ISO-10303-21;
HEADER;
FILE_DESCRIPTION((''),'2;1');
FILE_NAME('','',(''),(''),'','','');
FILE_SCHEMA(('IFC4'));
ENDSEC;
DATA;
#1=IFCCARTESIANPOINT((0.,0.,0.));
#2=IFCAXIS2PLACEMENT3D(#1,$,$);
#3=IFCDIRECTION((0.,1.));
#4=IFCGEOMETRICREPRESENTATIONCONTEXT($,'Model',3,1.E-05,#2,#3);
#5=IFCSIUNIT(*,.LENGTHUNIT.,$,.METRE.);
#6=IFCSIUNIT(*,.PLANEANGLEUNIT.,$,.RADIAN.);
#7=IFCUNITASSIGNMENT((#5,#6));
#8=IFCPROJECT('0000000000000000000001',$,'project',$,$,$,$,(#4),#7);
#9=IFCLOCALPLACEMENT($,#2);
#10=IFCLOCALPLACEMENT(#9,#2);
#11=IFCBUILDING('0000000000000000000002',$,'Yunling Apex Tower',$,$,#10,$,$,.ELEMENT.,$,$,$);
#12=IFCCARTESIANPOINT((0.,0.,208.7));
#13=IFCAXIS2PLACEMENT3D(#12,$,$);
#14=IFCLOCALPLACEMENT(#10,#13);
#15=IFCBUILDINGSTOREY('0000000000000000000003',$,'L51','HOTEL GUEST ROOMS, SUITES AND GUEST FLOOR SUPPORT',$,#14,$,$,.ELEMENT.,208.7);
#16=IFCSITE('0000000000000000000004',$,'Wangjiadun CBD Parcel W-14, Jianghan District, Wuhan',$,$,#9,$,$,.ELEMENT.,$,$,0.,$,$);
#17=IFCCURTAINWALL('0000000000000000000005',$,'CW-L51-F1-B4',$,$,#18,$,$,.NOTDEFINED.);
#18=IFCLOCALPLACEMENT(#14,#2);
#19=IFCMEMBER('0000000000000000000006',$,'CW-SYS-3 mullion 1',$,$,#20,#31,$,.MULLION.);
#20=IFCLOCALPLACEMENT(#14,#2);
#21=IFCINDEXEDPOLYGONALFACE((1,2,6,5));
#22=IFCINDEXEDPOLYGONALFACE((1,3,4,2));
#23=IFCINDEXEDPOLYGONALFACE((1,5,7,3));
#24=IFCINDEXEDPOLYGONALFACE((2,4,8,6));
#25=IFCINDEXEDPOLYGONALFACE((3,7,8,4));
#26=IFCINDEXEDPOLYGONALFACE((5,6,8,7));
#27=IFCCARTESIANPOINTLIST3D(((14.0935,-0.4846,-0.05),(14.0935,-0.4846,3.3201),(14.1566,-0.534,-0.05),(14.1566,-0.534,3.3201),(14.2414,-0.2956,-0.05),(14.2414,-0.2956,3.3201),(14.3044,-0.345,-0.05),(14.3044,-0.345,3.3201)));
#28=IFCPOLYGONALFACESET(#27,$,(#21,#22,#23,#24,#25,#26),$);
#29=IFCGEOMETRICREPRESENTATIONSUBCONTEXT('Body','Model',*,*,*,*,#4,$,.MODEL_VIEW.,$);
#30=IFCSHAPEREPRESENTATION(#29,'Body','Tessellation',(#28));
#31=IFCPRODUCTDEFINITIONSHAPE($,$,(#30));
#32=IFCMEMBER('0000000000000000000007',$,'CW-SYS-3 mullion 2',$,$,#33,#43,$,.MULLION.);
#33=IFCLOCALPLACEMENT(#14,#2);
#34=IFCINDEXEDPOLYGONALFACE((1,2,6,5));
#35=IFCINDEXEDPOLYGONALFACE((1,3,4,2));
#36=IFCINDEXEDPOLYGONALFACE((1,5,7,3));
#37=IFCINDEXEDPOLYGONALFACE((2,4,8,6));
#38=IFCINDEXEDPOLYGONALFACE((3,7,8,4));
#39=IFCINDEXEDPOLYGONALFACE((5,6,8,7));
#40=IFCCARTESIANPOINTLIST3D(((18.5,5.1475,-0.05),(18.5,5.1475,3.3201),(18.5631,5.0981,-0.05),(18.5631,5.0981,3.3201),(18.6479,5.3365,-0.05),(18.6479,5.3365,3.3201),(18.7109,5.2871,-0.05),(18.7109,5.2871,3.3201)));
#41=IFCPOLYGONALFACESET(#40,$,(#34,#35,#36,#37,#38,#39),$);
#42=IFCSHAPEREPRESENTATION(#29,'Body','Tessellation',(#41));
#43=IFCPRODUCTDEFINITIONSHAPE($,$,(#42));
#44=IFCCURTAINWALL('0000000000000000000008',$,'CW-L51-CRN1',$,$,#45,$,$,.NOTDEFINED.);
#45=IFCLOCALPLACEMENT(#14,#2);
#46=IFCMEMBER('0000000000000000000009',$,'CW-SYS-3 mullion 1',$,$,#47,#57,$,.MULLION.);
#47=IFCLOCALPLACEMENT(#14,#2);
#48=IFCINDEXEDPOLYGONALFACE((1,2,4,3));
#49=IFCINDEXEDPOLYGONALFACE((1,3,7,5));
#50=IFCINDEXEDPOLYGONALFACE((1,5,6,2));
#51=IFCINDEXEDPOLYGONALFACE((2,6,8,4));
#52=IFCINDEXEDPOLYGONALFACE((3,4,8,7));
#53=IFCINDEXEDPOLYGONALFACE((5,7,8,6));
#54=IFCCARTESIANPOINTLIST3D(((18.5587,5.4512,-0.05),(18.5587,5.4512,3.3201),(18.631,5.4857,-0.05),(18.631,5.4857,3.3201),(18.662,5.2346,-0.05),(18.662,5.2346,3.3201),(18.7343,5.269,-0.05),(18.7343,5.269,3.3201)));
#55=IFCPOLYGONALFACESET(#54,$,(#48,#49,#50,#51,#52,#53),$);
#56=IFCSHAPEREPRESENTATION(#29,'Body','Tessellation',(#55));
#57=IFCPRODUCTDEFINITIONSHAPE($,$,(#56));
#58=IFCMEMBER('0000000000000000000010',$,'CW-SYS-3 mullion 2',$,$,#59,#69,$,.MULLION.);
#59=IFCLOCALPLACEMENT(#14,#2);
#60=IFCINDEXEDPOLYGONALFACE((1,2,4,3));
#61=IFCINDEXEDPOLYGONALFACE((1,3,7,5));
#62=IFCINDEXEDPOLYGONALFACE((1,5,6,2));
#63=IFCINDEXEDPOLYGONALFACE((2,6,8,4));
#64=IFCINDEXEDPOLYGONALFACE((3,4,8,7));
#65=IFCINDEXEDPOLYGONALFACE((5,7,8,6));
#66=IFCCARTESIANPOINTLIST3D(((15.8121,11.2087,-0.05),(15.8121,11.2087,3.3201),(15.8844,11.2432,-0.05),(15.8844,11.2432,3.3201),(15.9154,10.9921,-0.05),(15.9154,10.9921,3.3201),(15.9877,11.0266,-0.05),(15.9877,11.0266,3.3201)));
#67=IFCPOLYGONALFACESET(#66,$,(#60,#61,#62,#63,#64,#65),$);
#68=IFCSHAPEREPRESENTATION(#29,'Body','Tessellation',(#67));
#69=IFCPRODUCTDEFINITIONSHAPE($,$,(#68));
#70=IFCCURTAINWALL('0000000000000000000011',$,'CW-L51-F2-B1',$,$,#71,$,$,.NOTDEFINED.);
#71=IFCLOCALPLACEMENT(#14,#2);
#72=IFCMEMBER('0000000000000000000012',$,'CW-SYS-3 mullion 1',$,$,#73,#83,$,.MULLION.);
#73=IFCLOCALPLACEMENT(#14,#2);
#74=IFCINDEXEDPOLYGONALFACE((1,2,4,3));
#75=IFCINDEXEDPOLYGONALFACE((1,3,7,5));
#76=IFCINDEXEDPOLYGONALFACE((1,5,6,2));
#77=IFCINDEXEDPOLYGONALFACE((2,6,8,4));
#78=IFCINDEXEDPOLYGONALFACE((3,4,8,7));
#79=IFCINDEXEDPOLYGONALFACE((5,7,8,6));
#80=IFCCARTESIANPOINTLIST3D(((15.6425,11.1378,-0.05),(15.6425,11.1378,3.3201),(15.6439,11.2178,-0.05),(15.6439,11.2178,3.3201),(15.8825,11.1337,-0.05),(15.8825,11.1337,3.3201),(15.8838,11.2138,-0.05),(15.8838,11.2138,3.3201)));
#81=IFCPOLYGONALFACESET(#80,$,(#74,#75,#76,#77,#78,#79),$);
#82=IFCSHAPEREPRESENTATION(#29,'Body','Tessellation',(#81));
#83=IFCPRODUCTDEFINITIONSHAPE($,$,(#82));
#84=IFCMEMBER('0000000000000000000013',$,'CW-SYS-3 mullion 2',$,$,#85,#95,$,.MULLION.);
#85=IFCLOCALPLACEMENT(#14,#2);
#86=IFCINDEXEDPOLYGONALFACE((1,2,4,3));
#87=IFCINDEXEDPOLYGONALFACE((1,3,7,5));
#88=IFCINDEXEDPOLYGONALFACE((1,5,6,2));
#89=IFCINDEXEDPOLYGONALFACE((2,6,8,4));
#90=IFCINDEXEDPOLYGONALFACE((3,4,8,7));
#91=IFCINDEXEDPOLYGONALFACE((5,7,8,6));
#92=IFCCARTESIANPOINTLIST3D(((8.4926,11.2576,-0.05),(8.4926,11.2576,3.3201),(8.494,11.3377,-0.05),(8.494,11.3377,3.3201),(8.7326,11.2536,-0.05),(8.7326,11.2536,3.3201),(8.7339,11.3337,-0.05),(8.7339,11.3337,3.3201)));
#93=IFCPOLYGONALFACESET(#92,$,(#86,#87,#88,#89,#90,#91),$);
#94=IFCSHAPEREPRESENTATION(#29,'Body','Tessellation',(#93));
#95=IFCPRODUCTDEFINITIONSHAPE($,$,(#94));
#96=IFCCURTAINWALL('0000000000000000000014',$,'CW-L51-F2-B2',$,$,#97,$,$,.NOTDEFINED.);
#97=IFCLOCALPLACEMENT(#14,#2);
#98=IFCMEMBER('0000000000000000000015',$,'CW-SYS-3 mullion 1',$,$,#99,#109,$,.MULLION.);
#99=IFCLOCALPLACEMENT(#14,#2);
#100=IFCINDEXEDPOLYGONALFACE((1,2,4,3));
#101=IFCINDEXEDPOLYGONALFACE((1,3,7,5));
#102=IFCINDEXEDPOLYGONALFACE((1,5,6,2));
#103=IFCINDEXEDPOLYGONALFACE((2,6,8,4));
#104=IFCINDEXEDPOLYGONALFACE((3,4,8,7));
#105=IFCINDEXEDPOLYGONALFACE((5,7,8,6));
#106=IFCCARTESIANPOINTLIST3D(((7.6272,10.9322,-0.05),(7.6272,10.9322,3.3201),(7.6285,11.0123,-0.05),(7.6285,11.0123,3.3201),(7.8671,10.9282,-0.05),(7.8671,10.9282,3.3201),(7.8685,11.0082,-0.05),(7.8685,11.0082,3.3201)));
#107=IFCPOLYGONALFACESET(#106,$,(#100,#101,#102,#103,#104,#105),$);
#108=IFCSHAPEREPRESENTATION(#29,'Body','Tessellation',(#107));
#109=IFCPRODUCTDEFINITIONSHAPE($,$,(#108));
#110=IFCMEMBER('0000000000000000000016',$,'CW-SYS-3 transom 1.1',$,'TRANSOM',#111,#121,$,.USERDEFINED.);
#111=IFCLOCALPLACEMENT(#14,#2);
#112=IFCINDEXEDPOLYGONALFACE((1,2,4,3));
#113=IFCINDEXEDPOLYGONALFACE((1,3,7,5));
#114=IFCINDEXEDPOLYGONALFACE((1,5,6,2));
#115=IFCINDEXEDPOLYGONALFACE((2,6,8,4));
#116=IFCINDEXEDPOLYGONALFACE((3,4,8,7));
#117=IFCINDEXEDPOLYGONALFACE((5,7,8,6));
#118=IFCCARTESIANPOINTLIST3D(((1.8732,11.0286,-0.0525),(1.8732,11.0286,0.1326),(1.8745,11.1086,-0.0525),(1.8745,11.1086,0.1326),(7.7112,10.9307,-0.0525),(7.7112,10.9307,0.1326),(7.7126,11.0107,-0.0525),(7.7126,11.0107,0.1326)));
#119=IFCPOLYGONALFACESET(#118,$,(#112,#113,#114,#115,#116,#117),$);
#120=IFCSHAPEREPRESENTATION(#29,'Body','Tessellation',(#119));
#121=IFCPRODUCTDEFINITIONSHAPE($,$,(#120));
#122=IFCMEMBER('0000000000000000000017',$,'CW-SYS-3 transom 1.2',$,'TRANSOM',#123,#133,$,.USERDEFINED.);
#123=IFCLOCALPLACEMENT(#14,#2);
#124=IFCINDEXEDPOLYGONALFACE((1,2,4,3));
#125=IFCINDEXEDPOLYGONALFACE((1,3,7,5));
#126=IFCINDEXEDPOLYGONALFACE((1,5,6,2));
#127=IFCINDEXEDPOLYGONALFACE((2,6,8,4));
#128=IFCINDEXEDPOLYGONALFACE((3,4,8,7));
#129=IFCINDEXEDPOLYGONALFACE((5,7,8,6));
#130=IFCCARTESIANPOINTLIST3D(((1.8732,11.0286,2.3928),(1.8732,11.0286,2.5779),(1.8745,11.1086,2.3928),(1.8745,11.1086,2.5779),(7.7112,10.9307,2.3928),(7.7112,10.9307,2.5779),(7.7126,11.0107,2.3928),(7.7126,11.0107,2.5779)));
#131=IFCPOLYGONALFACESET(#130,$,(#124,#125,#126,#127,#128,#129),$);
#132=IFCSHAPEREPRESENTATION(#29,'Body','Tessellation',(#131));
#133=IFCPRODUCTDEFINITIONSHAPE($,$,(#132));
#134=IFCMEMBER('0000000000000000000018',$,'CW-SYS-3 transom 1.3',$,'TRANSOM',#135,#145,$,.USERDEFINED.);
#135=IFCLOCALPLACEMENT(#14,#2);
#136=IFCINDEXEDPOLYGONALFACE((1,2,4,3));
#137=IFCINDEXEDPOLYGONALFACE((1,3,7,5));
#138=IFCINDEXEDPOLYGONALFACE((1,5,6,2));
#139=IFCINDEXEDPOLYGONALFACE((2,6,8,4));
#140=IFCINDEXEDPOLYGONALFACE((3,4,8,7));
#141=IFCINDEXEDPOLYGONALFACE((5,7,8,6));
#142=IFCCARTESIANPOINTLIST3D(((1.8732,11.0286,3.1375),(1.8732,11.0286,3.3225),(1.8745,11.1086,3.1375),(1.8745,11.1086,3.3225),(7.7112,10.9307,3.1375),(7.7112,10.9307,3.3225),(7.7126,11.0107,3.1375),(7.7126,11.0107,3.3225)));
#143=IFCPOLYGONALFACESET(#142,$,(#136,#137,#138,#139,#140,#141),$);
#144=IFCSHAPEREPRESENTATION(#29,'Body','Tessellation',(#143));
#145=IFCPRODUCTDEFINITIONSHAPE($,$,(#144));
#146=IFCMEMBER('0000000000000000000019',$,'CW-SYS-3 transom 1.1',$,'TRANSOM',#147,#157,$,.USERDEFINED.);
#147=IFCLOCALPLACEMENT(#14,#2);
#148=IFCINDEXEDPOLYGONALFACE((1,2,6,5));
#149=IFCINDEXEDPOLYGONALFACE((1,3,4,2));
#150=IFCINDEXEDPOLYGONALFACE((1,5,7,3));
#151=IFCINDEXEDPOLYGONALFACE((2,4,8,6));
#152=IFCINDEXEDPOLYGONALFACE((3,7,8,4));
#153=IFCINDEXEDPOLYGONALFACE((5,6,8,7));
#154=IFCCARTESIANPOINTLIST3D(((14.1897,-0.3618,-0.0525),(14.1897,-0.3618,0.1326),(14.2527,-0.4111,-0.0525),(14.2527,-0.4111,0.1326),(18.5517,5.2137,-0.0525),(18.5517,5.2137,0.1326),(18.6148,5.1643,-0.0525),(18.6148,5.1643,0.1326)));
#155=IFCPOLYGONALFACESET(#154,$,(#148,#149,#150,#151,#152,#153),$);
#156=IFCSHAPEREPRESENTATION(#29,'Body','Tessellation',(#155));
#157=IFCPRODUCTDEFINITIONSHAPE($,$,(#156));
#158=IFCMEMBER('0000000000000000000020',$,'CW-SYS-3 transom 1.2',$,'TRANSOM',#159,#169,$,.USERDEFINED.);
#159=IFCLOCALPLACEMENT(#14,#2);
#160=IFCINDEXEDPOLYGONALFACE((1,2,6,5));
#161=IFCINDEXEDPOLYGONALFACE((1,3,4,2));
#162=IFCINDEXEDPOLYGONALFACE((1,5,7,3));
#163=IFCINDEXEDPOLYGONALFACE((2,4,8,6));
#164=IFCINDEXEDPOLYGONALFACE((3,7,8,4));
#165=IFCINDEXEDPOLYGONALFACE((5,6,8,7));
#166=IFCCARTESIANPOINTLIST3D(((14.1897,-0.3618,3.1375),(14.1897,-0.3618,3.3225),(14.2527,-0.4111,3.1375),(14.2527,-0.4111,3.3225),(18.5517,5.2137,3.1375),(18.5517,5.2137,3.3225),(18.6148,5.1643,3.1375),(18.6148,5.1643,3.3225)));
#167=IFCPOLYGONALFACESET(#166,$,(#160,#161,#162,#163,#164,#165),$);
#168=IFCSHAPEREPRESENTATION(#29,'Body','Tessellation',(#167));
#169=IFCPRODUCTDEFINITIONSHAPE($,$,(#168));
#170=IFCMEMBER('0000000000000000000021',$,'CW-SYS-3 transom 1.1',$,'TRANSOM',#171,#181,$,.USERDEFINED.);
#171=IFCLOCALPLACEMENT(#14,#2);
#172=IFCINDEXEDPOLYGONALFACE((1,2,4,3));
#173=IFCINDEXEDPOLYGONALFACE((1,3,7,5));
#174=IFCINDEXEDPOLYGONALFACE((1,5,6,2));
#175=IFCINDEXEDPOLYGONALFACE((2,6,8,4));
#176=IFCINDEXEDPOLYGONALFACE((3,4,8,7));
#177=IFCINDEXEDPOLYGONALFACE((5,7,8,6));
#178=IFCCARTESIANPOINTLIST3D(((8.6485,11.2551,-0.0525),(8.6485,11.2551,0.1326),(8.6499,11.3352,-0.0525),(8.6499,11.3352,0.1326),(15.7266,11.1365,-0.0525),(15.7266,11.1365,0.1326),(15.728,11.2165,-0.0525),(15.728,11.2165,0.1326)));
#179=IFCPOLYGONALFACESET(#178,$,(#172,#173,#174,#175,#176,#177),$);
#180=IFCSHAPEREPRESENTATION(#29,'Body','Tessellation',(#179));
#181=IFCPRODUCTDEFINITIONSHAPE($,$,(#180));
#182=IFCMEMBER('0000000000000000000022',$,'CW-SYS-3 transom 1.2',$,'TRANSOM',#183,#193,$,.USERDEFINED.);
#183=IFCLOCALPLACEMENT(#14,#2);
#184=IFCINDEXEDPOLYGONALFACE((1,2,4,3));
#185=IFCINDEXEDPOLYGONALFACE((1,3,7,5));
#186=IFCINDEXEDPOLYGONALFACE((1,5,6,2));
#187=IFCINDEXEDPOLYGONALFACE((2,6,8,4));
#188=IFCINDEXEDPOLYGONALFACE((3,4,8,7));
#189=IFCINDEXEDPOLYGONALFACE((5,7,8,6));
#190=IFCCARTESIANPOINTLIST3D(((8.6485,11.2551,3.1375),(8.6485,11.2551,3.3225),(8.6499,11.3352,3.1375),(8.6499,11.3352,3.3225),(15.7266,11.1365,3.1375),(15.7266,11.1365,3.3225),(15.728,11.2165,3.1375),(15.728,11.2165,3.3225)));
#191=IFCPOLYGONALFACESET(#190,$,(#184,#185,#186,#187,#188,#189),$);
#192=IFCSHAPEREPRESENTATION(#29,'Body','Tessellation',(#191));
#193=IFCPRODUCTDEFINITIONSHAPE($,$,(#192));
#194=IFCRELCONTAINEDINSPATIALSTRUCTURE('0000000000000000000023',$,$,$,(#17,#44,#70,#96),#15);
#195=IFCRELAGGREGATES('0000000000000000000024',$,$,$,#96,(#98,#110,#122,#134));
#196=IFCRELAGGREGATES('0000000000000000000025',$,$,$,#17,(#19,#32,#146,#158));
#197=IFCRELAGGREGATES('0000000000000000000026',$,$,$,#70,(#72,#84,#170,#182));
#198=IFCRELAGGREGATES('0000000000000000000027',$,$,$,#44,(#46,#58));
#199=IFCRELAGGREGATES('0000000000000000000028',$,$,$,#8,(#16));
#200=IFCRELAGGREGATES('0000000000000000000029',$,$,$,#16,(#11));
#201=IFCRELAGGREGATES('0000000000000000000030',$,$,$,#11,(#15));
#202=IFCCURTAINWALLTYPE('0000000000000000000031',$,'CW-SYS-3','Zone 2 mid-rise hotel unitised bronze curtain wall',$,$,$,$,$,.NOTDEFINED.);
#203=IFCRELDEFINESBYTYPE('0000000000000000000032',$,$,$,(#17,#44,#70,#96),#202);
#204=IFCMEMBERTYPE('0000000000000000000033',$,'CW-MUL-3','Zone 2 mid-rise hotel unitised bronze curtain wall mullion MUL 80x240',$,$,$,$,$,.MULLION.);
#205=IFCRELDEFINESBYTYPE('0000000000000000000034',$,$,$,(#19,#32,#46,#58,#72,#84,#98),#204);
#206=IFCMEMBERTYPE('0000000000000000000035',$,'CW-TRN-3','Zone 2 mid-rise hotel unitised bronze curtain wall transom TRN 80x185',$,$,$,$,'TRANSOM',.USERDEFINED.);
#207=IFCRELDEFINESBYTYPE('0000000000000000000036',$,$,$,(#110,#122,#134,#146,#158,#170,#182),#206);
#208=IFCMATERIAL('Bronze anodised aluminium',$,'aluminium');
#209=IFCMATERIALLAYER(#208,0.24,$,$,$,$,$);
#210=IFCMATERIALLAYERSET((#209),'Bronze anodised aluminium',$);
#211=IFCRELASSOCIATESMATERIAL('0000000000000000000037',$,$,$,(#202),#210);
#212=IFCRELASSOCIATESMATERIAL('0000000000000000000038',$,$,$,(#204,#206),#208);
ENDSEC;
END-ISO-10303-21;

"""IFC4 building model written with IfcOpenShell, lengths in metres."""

from ifc_helpers import new_model, si_unit, direction, frame, origin, origin_2d, place, context, subcontext, project, spatial, rectangle, extrude, source, transform, mapped, material, layer, layer_set, material_profile, profile_set, type_object, element, aggregate, save


model = new_model("IFC4")

# Units and contexts
model_context = context("Model", 3, precision=1e-05, world=origin(), true_north=direction((0.0, 1.0)))
body_context = subcontext(model_context, "Body", "Model", "MODEL_VIEW")
ifc_project = project(units=[si_unit("LENGTHUNIT", "METRE"), si_unit("PLANEANGLEUNIT", "RADIAN")], contexts=[model_context])

# Site, building, storey
site_placement = place(None, origin())
site = spatial("IfcSite", under=ifc_project, at=site_placement, Name="Wangjiadun CBD Parcel W-14, Jianghan District, Wuhan", CompositionType="ELEMENT", RefElevation=0.0)
building_placement = place(site_placement, origin())
building = spatial("IfcBuilding", under=site, at=building_placement, Name="Yunling Apex Tower", CompositionType="ELEMENT")
storey_placement = place(building_placement, frame((0.0, 0.0, 208.7)))
storey = spatial("IfcBuildingStorey", under=building, at=storey_placement, Name="L51", Description="HOTEL GUEST ROOMS, SUITES AND GUEST FLOOR SUPPORT", CompositionType="ELEMENT", Elevation=208.7)

# Curtain walls, members
ifc_material_1 = material(Name="Bronze anodised aluminium", Category="aluminium")
ifc_layer_1 = layer(ifc_material_1, 0.24)
ifc_layer_set_1 = layer_set([ifc_layer_1], Name="Bronze anodised aluminium")
curtain_wall_type = type_object("IfcCurtainWallType", Name="CW-SYS-3", Description="Zone 2 mid-rise hotel unitised bronze curtain wall", PredefinedType="NOTDEFINED", material=ifc_layer_set_1)
curtain_wall_1_placement = place(storey_placement, origin())
curtain_wall_1 = element("IfcCurtainWall", 1, at=curtain_wall_1_placement, inside=storey, type_object=curtain_wall_type, Name="CW-L51-F1-B4", PredefinedType="NOTDEFINED")
ifc_material_profile_1 = material_profile(ifc_material_1, rectangle(XDim=0.0801, YDim=0.24, at=origin_2d()))
ifc_profile_set_1 = profile_set([ifc_material_profile_1], Name="Bronze anodised aluminium")
member_type_1 = type_object("IfcMemberType", Name="CW-MUL-3", Description="Zone 2 mid-rise hotel unitised bronze curtain wall mullion MUL 80x240", PredefinedType="MULLION", material=ifc_profile_set_1)
shared_shape_1 = source(origin(), body_context, "Body", "SweptSolid", [
    extrude(rectangle(XDim=0.0801, YDim=0.24, at=origin_2d()), origin(), (0.0, 0.0, 1.0), 3.3701),
])
member_1_placement = place(storey_placement, frame((14.199, -0.4148, -0.05), z_axis=(0.0, 0.0, 1.0), x_axis=(-0.787589, 0.6162, 0.0)))
member_1 = element("IfcMember", 2, at=member_1_placement, type_object=member_type_1, Name="CW-SYS-3 mullion 1", PredefinedType="MULLION", context=body_context, shape_type="MappedRepresentation", body=[
    mapped(shared_shape_1, transform((0.0, 0.0, 0.0), scale=1.0)),
])
member_2_placement = place(storey_placement, frame((18.6055, 5.2173, -0.05), z_axis=(0.0, 0.0, 1.0), x_axis=(-0.787589, 0.6162, 0.0)))
member_2 = element("IfcMember", 3, at=member_2_placement, type_object=member_type_1, Name="CW-SYS-3 mullion 2", PredefinedType="MULLION", context=body_context, shape_type="MappedRepresentation", body=[
    mapped(shared_shape_1, transform((0.0, 0.0, 0.0), scale=1.0)),
])
curtain_wall_2_placement = place(storey_placement, origin())
curtain_wall_2 = element("IfcCurtainWall", 4, at=curtain_wall_2_placement, inside=storey, type_object=curtain_wall_type, Name="CW-L51-CRN1", PredefinedType="NOTDEFINED")
member_3_placement = place(storey_placement, frame((18.6465, 5.3601, -0.05), z_axis=(0.0, 0.0, 1.0), x_axis=(-0.902578, -0.430527, 0.0)))
member_3 = element("IfcMember", 5, at=member_3_placement, type_object=member_type_1, Name="CW-SYS-3 mullion 1", PredefinedType="MULLION", context=body_context, shape_type="MappedRepresentation", body=[
    mapped(shared_shape_1, transform((0.0, 0.0, 0.0), scale=1.0)),
])
member_4_placement = place(storey_placement, frame((15.8999, 11.1177, -0.05), z_axis=(0.0, 0.0, 1.0), x_axis=(-0.902578, -0.430527, 0.0)))
member_4 = element("IfcMember", 6, at=member_4_placement, type_object=member_type_1, Name="CW-SYS-3 mullion 2", PredefinedType="MULLION", context=body_context, shape_type="MappedRepresentation", body=[
    mapped(shared_shape_1, transform((0.0, 0.0, 0.0), scale=1.0)),
])
curtain_wall_3_placement = place(storey_placement, origin())
curtain_wall_3 = element("IfcCurtainWall", 7, at=curtain_wall_3_placement, inside=storey, type_object=curtain_wall_type, Name="CW-L51-F2-B1", PredefinedType="NOTDEFINED")
member_5_placement = place(storey_placement, frame((15.7632, 11.1758, -0.05), z_axis=(0.0, 0.0, 1.0), x_axis=(-0.016761, -0.99986, 0.0)))
member_5 = element("IfcMember", 8, at=member_5_placement, type_object=member_type_1, Name="CW-SYS-3 mullion 1", PredefinedType="MULLION", context=body_context, shape_type="MappedRepresentation", body=[
    mapped(shared_shape_1, transform((0.0, 0.0, 0.0), scale=1.0)),
])
member_6_placement = place(storey_placement, frame((8.6133, 11.2957, -0.05), z_axis=(0.0, 0.0, 1.0), x_axis=(-0.016761, -0.99986, 0.0)))
member_6 = element("IfcMember", 9, at=member_6_placement, type_object=member_type_1, Name="CW-SYS-3 mullion 2", PredefinedType="MULLION", context=body_context, shape_type="MappedRepresentation", body=[
    mapped(shared_shape_1, transform((0.0, 0.0, 0.0), scale=1.0)),
])
curtain_wall_4_placement = place(storey_placement, origin())
curtain_wall_4 = element("IfcCurtainWall", 10, at=curtain_wall_4_placement, inside=storey, type_object=curtain_wall_type, Name="CW-L51-F2-B2", PredefinedType="NOTDEFINED")
member_7_placement = place(storey_placement, frame((7.7478, 10.9702, -0.05), z_axis=(0.0, 0.0, 1.0), x_axis=(-0.016759, -0.99986, 0.0)))
member_7 = element("IfcMember", 11, at=member_7_placement, type_object=member_type_1, Name="CW-SYS-3 mullion 1", PredefinedType="MULLION", context=body_context, shape_type="MappedRepresentation", body=[
    mapped(shared_shape_1, transform((0.0, 0.0, 0.0), scale=1.0)),
])
ifc_material_profile_2 = material_profile(ifc_material_1, rectangle(XDim=0.0801, YDim=0.1851, at=origin_2d()))
ifc_profile_set_2 = profile_set([ifc_material_profile_2], Name="Bronze anodised aluminium")
member_type_2 = type_object("IfcMemberType", Name="CW-TRN-3", Description="Zone 2 mid-rise hotel unitised bronze curtain wall transom TRN 80x185", ElementType="TRANSOM", PredefinedType="USERDEFINED", material=ifc_profile_set_2)
shared_shape_2 = source(origin(), body_context, "Body", "SweptSolid", [
    extrude(rectangle(XDim=0.0801, YDim=0.1851, at=origin_2d()), origin(), (0.0, 0.0, 1.0), 5.8389),
])
member_8_placement = place(storey_placement, frame((7.7119, 10.9707, 0.04), z_axis=(-0.999859, 0.016767, 0.0), x_axis=(-0.016767, -0.999859, 0.0)))
member_8 = element("IfcMember", 12, at=member_8_placement, type_object=member_type_2, Name="CW-SYS-3 transom 1.1", ObjectType="TRANSOM", PredefinedType="USERDEFINED", context=body_context, shape_type="MappedRepresentation", body=[
    mapped(shared_shape_2, transform((0.0, 0.0, 0.0), scale=1.0)),
])
member_9_placement = place(storey_placement, frame((7.7119, 10.9707, 2.4854), z_axis=(-0.999859, 0.016767, 0.0), x_axis=(-0.016767, -0.999859, 0.0)))
member_9 = element("IfcMember", 13, at=member_9_placement, type_object=member_type_2, Name="CW-SYS-3 transom 1.2", ObjectType="TRANSOM", PredefinedType="USERDEFINED", context=body_context, shape_type="MappedRepresentation", body=[
    mapped(shared_shape_2, transform((0.0, 0.0, 0.0), scale=1.0)),
])
member_10_placement = place(storey_placement, frame((7.7119, 10.9707, 3.23), z_axis=(-0.999859, 0.016767, 0.0), x_axis=(-0.016767, -0.999859, 0.0)))
member_10 = element("IfcMember", 14, at=member_10_placement, type_object=member_type_2, Name="CW-SYS-3 transom 1.3", ObjectType="TRANSOM", PredefinedType="USERDEFINED", context=body_context, shape_type="MappedRepresentation", body=[
    mapped(shared_shape_2, transform((0.0, 0.0, 0.0), scale=1.0)),
])
aggregate(curtain_wall_4, [member_7, member_8, member_9, member_10])

# Members
shared_shape_3 = source(origin(), body_context, "Body", "SweptSolid", [
    extrude(rectangle(XDim=0.0801, YDim=0.1851, at=origin_2d()), origin(), (0.0, 0.0, 1.0), 7.0791),
])
member_11_placement = place(storey_placement, frame((14.2212, -0.3865, 0.04), z_axis=(0.616192, 0.787596, 0.0), x_axis=(-0.787596, 0.616192, 0.0)))
member_11 = element("IfcMember", 15, at=member_11_placement, type_object=member_type_2, Name="CW-SYS-3 transom 1.1", ObjectType="TRANSOM", PredefinedType="USERDEFINED", context=body_context, shape_type="MappedRepresentation", body=[
    mapped(shared_shape_3, transform((0.0, 0.0, 0.0), scale=1.0)),
])
member_12_placement = place(storey_placement, frame((14.2212, -0.3865, 3.23), z_axis=(0.616192, 0.787596, 0.0), x_axis=(-0.787596, 0.616192, 0.0)))
member_12 = element("IfcMember", 16, at=member_12_placement, type_object=member_type_2, Name="CW-SYS-3 transom 1.2", ObjectType="TRANSOM", PredefinedType="USERDEFINED", context=body_context, shape_type="MappedRepresentation", body=[
    mapped(shared_shape_3, transform((0.0, 0.0, 0.0), scale=1.0)),
])
member_13_placement = place(storey_placement, frame((15.7273, 11.1765, 0.04), z_axis=(-0.99986, 0.016761, 0.0), x_axis=(-0.016761, -0.99986, 0.0)))
member_13 = element("IfcMember", 17, at=member_13_placement, type_object=member_type_2, Name="CW-SYS-3 transom 1.1", ObjectType="TRANSOM", PredefinedType="USERDEFINED", context=body_context, shape_type="MappedRepresentation", body=[
    mapped(shared_shape_3, transform((0.0, 0.0, 0.0), scale=1.0)),
])
member_14_placement = place(storey_placement, frame((15.7273, 11.1765, 3.23), z_axis=(-0.99986, 0.016761, 0.0), x_axis=(-0.016761, -0.99986, 0.0)))
member_14 = element("IfcMember", 18, at=member_14_placement, type_object=member_type_2, Name="CW-SYS-3 transom 1.2", ObjectType="TRANSOM", PredefinedType="USERDEFINED", context=body_context, shape_type="MappedRepresentation", body=[
    mapped(shared_shape_3, transform((0.0, 0.0, 0.0), scale=1.0)),
])

aggregate(curtain_wall_1, [member_1, member_2, member_11, member_12])
aggregate(curtain_wall_3, [member_5, member_6, member_13, member_14])
aggregate(curtain_wall_2, [member_3, member_4])

save(model, "model.ifc")
